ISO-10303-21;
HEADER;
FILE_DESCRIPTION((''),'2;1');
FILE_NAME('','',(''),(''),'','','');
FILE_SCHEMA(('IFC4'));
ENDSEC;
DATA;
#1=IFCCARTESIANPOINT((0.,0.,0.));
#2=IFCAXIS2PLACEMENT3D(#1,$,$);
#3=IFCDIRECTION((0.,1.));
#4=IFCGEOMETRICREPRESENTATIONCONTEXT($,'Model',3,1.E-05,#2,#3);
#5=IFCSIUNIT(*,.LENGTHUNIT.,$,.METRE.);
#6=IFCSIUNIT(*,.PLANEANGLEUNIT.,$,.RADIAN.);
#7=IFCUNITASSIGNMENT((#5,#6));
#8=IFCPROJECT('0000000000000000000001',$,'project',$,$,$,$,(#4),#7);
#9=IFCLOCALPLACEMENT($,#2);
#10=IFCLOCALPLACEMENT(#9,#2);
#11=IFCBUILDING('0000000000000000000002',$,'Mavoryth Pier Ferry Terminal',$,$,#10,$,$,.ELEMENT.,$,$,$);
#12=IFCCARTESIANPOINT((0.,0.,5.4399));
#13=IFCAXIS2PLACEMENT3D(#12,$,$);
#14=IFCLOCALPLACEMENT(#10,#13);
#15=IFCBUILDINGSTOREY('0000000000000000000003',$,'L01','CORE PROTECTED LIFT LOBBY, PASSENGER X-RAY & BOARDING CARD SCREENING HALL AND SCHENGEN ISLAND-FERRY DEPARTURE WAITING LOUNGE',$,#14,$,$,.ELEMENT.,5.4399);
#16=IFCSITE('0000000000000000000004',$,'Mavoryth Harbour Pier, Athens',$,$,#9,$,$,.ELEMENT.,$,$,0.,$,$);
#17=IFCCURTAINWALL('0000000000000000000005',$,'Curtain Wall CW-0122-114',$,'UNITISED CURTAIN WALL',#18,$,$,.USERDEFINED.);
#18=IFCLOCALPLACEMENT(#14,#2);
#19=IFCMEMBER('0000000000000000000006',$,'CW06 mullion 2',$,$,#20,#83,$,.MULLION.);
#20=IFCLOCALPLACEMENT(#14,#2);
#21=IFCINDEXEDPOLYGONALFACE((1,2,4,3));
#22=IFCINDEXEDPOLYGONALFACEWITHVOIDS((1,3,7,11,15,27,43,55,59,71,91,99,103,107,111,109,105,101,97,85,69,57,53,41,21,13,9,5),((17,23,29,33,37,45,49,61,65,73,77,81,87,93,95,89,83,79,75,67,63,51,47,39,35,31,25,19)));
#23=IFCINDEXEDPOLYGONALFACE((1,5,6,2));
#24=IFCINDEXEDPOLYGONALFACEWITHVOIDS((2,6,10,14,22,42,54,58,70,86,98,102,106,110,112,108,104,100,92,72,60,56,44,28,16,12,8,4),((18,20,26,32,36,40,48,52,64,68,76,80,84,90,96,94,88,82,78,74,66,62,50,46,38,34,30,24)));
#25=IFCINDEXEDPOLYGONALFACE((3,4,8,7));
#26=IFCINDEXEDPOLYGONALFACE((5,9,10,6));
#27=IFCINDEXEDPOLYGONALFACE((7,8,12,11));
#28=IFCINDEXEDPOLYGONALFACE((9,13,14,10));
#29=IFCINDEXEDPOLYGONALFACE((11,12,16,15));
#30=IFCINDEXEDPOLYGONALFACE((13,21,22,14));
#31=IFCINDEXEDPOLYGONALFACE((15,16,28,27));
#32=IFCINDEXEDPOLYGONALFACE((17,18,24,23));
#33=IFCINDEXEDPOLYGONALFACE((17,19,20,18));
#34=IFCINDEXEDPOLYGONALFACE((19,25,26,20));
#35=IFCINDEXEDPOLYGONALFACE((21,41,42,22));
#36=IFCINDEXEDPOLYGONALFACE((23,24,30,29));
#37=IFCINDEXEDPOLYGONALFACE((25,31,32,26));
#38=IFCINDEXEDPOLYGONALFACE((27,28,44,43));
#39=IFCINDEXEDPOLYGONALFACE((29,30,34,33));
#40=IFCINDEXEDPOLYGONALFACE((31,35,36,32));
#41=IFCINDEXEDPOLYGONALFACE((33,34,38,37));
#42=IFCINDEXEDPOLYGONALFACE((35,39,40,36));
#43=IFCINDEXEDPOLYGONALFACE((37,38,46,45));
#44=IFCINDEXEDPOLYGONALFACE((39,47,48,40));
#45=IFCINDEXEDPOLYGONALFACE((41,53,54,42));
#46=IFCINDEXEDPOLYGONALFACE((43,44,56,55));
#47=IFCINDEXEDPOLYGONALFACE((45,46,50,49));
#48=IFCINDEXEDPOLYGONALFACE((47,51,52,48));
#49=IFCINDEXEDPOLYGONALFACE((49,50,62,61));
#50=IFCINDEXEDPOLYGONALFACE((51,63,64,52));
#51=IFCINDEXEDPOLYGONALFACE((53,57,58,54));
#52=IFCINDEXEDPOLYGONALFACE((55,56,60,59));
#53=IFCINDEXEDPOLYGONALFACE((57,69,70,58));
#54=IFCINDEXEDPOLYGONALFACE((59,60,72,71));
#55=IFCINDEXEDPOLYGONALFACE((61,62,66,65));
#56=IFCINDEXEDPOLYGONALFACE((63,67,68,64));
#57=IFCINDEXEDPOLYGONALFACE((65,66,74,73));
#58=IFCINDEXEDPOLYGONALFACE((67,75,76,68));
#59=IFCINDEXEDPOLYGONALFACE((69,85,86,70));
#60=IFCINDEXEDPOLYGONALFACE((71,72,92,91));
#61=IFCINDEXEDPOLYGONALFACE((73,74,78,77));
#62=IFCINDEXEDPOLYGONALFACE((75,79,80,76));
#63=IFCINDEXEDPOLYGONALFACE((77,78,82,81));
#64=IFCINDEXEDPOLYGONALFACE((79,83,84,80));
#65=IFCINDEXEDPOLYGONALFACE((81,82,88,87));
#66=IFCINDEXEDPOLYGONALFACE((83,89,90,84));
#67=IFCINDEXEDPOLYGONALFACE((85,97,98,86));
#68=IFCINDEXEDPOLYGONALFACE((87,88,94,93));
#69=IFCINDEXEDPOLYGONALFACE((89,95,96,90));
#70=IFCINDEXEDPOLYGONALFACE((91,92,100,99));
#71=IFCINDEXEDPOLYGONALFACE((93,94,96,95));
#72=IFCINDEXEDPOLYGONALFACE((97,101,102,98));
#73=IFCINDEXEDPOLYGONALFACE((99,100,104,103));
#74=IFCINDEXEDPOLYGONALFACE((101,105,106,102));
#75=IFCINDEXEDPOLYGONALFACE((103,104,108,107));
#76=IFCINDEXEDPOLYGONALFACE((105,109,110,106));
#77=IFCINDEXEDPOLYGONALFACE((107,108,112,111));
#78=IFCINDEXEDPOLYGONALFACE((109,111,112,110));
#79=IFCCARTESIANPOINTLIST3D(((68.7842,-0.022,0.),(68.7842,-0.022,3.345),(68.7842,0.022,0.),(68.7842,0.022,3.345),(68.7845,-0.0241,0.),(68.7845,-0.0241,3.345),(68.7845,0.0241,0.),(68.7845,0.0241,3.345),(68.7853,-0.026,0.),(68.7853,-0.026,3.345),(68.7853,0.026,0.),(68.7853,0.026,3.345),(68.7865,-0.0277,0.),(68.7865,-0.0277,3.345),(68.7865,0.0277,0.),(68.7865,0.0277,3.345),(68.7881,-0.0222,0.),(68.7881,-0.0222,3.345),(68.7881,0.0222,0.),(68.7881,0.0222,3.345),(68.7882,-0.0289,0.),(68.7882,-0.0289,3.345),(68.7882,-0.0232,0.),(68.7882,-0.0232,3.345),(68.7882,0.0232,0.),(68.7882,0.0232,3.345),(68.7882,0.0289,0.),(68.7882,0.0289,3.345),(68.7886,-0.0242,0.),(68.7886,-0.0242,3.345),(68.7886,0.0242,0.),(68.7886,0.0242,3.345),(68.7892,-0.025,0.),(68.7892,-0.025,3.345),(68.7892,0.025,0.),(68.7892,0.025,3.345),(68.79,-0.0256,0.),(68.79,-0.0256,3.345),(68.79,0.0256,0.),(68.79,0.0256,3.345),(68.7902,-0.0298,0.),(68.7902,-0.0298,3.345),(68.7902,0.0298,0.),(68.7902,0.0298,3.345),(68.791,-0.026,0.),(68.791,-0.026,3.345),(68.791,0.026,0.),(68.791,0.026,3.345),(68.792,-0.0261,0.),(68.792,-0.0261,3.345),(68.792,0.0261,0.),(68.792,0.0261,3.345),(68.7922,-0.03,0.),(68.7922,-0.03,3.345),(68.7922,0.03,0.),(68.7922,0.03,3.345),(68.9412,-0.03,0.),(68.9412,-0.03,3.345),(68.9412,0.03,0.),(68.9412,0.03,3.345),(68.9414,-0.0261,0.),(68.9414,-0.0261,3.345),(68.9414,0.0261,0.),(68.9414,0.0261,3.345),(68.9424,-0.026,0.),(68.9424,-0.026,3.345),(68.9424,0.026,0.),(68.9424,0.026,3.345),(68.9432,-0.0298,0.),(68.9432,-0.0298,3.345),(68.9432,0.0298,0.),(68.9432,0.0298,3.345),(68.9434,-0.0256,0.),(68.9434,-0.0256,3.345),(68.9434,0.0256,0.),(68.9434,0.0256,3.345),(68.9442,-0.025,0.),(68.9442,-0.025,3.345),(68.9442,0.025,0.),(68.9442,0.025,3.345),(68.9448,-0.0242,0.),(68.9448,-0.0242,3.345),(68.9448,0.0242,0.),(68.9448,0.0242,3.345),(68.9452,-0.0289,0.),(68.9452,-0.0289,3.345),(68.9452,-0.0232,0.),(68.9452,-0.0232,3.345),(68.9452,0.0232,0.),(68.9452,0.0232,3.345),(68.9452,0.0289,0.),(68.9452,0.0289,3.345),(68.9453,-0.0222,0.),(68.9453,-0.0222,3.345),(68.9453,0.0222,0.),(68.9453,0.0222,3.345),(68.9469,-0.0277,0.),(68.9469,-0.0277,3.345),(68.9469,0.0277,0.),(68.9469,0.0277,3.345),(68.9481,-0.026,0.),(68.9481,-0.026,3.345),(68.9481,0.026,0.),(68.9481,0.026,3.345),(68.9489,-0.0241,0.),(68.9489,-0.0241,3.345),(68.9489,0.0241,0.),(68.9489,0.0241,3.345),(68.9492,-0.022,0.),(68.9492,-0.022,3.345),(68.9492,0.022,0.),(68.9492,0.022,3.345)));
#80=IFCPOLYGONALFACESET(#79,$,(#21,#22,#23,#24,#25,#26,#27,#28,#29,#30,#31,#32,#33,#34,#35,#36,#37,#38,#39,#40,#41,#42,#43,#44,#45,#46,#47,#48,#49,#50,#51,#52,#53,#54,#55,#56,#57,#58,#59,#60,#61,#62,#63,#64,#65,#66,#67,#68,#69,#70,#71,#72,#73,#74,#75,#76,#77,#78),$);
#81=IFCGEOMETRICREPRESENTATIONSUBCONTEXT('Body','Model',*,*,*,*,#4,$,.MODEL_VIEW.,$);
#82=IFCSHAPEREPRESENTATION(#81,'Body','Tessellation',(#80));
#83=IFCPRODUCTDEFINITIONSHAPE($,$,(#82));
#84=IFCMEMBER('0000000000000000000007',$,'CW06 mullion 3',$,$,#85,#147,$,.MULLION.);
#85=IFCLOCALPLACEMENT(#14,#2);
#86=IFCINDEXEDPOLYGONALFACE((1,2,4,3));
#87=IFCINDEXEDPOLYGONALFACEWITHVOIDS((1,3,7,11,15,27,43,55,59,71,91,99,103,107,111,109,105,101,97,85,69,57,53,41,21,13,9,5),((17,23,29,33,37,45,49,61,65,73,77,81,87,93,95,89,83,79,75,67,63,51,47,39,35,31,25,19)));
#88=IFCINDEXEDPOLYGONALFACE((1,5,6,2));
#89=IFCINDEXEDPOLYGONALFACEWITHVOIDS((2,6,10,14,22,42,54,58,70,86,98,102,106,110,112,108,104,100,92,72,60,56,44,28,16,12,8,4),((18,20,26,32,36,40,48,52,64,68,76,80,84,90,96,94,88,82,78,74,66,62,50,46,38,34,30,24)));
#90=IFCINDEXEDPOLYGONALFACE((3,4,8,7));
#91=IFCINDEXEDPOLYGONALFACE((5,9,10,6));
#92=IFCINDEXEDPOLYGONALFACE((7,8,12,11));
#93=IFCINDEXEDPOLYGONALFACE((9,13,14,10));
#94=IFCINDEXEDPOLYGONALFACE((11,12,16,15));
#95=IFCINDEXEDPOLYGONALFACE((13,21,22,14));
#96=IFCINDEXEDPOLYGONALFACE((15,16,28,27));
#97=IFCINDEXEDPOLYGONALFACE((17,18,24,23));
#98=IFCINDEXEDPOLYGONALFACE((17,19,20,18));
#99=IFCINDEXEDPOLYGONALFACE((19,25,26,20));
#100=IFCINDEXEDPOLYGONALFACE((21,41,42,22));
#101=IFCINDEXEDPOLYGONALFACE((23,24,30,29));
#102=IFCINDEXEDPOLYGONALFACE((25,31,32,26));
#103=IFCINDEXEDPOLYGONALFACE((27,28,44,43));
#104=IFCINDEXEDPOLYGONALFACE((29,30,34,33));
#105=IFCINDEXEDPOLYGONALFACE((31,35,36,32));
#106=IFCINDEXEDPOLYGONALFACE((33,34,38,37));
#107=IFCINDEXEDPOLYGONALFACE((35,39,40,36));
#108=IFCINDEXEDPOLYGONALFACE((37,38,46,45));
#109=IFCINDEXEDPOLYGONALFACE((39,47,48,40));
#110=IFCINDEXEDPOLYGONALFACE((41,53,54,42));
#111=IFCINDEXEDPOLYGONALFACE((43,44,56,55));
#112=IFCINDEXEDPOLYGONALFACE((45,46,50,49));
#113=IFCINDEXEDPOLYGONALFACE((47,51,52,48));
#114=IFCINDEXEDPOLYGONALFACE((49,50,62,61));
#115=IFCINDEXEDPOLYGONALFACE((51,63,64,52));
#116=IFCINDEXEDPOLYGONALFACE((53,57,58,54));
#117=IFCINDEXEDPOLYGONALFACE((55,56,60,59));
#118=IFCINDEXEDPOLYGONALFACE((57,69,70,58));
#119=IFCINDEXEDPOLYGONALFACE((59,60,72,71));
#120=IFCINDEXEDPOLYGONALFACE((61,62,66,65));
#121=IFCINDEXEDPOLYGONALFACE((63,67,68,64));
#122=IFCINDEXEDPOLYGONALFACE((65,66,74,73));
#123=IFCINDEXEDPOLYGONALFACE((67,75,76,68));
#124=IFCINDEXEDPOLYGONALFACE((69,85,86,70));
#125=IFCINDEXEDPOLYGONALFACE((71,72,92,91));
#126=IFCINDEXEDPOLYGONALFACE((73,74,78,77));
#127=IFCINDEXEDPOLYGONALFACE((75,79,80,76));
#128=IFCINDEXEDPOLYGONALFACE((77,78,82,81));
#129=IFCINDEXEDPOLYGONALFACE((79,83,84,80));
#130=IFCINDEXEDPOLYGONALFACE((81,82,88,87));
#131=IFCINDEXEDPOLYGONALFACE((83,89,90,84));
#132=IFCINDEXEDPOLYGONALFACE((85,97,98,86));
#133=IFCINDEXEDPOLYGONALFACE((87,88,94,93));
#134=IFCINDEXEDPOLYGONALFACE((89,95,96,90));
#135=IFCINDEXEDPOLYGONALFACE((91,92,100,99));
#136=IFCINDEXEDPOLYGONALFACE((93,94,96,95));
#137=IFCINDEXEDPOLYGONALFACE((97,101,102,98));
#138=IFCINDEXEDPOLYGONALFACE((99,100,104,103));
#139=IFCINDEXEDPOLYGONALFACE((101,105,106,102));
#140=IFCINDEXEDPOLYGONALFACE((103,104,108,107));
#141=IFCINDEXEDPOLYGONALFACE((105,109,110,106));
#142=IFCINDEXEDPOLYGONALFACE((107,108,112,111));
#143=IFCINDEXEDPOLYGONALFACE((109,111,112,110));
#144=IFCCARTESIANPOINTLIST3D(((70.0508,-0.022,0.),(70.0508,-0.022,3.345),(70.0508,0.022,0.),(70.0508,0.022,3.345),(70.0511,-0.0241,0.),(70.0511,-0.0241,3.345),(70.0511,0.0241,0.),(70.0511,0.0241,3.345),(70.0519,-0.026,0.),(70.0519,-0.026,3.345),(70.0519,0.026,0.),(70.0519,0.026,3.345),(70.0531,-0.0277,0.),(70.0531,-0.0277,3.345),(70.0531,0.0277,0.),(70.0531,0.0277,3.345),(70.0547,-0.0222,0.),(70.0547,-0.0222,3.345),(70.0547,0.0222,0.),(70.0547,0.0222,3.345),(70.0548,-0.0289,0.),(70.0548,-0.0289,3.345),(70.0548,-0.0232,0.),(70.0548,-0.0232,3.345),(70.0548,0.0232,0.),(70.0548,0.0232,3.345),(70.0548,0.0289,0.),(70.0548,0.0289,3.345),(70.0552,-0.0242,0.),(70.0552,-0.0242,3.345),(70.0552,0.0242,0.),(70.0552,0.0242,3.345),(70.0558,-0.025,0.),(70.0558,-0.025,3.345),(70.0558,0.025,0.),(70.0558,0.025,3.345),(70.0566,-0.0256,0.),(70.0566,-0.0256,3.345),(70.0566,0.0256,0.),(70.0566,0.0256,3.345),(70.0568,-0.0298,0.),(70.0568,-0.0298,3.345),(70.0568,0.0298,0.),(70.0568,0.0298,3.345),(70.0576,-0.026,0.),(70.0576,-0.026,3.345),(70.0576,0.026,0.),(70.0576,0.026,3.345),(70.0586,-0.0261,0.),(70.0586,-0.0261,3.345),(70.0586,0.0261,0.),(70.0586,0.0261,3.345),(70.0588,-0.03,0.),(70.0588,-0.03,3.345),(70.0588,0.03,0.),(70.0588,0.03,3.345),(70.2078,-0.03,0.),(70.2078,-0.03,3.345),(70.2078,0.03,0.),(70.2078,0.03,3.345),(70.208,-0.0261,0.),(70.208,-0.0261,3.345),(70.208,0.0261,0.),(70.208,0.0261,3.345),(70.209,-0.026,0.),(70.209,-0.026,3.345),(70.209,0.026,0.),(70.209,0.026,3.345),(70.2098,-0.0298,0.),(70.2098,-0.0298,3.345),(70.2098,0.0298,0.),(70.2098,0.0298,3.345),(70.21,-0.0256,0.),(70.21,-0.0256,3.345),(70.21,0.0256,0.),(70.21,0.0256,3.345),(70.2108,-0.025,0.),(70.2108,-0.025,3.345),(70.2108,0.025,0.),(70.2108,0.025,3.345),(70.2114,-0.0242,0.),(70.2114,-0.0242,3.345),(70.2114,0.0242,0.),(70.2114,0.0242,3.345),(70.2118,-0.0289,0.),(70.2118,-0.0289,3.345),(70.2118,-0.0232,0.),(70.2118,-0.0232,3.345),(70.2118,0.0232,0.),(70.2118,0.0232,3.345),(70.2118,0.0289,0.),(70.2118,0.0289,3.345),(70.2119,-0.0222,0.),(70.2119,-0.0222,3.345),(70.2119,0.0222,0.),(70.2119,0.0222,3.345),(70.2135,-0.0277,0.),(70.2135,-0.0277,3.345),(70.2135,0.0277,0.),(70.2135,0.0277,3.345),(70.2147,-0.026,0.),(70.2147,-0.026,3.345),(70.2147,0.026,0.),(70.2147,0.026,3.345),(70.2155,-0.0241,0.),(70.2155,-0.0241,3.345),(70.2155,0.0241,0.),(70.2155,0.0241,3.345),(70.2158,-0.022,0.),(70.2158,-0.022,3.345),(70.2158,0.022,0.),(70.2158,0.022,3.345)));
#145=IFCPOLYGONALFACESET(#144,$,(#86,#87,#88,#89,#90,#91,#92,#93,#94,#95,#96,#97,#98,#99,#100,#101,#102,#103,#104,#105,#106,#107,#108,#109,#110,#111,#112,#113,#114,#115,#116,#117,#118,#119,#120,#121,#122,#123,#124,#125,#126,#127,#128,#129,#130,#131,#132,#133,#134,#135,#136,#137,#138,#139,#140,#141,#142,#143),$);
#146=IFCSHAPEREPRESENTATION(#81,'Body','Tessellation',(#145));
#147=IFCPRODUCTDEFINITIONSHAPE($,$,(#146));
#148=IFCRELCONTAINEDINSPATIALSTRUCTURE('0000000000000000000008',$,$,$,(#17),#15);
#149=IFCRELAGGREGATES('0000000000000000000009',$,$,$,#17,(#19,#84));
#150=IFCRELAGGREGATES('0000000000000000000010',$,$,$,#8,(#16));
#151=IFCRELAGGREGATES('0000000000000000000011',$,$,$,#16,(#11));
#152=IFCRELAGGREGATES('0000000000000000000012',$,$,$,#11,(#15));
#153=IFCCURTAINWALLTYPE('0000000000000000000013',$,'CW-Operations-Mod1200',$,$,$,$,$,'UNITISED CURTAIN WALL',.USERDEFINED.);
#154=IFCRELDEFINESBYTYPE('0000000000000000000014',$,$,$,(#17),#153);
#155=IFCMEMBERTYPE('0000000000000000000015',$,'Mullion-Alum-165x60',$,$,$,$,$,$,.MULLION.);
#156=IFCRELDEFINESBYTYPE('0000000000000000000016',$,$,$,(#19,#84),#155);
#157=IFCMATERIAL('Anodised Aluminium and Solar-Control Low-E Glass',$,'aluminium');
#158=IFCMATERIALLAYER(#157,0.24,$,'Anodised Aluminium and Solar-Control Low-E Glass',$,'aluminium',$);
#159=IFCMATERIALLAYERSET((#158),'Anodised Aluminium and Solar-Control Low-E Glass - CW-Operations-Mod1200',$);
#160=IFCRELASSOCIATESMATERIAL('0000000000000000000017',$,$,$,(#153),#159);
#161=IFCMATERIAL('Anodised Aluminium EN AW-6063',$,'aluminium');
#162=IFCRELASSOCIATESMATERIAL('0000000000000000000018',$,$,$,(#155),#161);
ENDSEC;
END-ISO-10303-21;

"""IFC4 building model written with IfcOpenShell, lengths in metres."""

from ifc_helpers import new_model, si_unit, direction, frame, origin, origin_2d, place, context, subcontext, project, spatial, hollow_rectangle, extrude, material, layer, layer_set, material_profile, profile_set, type_object, element, aggregate, save


model = new_model("IFC4")

# Units and contexts
model_context = context("Model", 3, precision=1e-05, world=origin(), true_north=direction((0.0, 1.0)))
body_context = subcontext(model_context, "Body", "Model", "MODEL_VIEW")
ifc_project = project(units=[si_unit("LENGTHUNIT", "METRE"), si_unit("PLANEANGLEUNIT", "RADIAN")], contexts=[model_context])

# Site, building, storey
site_placement = place(None, origin())
site = spatial("IfcSite", under=ifc_project, at=site_placement, Name="Mavoryth Harbour Pier, Athens", CompositionType="ELEMENT", RefElevation=0.0)
building_placement = place(site_placement, origin())
building = spatial("IfcBuilding", under=site, at=building_placement, Name="Mavoryth Pier Ferry Terminal", CompositionType="ELEMENT")
storey_placement = place(building_placement, frame((0.0, 0.0, 5.4399)))
storey = spatial("IfcBuildingStorey", under=building, at=storey_placement, Name="L01", Description="CORE PROTECTED LIFT LOBBY, PASSENGER X-RAY & BOARDING CARD SCREENING HALL AND SCHENGEN ISLAND-FERRY DEPARTURE WAITING LOUNGE", CompositionType="ELEMENT", Elevation=5.4399)

# Curtain wall, members
ifc_material_1 = material(Name="Anodised Aluminium and Solar-Control Low-E Glass", Category="aluminium")
ifc_layer_1 = layer(ifc_material_1, 0.24, Name="Anodised Aluminium and Solar-Control Low-E Glass", Category="aluminium")
ifc_layer_set_1 = layer_set([ifc_layer_1], Name="Anodised Aluminium and Solar-Control Low-E Glass - CW-Operations-Mod1200")
curtain_wall_type = type_object("IfcCurtainWallType", Name="CW-Operations-Mod1200", ElementType="UNITISED CURTAIN WALL", PredefinedType="USERDEFINED", material=ifc_layer_set_1)
curtain_wall_placement = place(storey_placement, origin())
curtain_wall = element("IfcCurtainWall", 1, at=curtain_wall_placement, inside=storey, type_object=curtain_wall_type, Name="Curtain Wall CW-0122-114", ObjectType="UNITISED CURTAIN WALL", PredefinedType="USERDEFINED")
ifc_material_2 = material(Name="Anodised Aluminium EN AW-6063", Category="aluminium")
ifc_material_profile_1 = material_profile(ifc_material_2, hollow_rectangle(XDim=0.0601, YDim=0.165, WallThickness=0.0039, InnerFilletRadius=0.0039, OuterFilletRadius=0.0081, at=origin_2d()), Name="AL-MULL 165x60x4", Category="aluminium")
ifc_profile_set_1 = profile_set([ifc_material_profile_1], Name="Anodised Aluminium EN AW-6063 - AL-MULL 165x60x4")
member_type_1 = type_object("IfcMemberType", Name="Mullion-Alum-165x60", PredefinedType="MULLION", material=ifc_profile_set_1)
member_1_placement = place(storey_placement, frame((68.8667, 0.0, 0.0), z_axis=(0.0, 0.0, 1.0), x_axis=(0.0, 1.0, 0.0)))
member_1 = element("IfcMember", 2, at=member_1_placement, type_object=member_type_1, Name="CW06 mullion 2", PredefinedType="MULLION", context=body_context, shape_type="SweptSolid", body=[
    extrude(hollow_rectangle(XDim=0.0601, YDim=0.165, WallThickness=0.0039, InnerFilletRadius=0.0039, OuterFilletRadius=0.0081, at=origin_2d()), origin(), (0.0, 0.0, 1.0), 3.345),
])
member_2_placement = place(storey_placement, frame((70.1333, 0.0, 0.0), z_axis=(0.0, 0.0, 1.0), x_axis=(0.0, 1.0, 0.0)))
member_2 = element("IfcMember", 3, at=member_2_placement, type_object=member_type_1, Name="CW06 mullion 3", PredefinedType="MULLION", context=body_context, shape_type="SweptSolid", body=[
    extrude(hollow_rectangle(XDim=0.0601, YDim=0.165, WallThickness=0.0039, InnerFilletRadius=0.0039, OuterFilletRadius=0.0081, at=origin_2d()), origin(), (0.0, 0.0, 1.0), 3.345),
])

aggregate(curtain_wall, [member_1, member_2])

save(model, "model.ifc")
